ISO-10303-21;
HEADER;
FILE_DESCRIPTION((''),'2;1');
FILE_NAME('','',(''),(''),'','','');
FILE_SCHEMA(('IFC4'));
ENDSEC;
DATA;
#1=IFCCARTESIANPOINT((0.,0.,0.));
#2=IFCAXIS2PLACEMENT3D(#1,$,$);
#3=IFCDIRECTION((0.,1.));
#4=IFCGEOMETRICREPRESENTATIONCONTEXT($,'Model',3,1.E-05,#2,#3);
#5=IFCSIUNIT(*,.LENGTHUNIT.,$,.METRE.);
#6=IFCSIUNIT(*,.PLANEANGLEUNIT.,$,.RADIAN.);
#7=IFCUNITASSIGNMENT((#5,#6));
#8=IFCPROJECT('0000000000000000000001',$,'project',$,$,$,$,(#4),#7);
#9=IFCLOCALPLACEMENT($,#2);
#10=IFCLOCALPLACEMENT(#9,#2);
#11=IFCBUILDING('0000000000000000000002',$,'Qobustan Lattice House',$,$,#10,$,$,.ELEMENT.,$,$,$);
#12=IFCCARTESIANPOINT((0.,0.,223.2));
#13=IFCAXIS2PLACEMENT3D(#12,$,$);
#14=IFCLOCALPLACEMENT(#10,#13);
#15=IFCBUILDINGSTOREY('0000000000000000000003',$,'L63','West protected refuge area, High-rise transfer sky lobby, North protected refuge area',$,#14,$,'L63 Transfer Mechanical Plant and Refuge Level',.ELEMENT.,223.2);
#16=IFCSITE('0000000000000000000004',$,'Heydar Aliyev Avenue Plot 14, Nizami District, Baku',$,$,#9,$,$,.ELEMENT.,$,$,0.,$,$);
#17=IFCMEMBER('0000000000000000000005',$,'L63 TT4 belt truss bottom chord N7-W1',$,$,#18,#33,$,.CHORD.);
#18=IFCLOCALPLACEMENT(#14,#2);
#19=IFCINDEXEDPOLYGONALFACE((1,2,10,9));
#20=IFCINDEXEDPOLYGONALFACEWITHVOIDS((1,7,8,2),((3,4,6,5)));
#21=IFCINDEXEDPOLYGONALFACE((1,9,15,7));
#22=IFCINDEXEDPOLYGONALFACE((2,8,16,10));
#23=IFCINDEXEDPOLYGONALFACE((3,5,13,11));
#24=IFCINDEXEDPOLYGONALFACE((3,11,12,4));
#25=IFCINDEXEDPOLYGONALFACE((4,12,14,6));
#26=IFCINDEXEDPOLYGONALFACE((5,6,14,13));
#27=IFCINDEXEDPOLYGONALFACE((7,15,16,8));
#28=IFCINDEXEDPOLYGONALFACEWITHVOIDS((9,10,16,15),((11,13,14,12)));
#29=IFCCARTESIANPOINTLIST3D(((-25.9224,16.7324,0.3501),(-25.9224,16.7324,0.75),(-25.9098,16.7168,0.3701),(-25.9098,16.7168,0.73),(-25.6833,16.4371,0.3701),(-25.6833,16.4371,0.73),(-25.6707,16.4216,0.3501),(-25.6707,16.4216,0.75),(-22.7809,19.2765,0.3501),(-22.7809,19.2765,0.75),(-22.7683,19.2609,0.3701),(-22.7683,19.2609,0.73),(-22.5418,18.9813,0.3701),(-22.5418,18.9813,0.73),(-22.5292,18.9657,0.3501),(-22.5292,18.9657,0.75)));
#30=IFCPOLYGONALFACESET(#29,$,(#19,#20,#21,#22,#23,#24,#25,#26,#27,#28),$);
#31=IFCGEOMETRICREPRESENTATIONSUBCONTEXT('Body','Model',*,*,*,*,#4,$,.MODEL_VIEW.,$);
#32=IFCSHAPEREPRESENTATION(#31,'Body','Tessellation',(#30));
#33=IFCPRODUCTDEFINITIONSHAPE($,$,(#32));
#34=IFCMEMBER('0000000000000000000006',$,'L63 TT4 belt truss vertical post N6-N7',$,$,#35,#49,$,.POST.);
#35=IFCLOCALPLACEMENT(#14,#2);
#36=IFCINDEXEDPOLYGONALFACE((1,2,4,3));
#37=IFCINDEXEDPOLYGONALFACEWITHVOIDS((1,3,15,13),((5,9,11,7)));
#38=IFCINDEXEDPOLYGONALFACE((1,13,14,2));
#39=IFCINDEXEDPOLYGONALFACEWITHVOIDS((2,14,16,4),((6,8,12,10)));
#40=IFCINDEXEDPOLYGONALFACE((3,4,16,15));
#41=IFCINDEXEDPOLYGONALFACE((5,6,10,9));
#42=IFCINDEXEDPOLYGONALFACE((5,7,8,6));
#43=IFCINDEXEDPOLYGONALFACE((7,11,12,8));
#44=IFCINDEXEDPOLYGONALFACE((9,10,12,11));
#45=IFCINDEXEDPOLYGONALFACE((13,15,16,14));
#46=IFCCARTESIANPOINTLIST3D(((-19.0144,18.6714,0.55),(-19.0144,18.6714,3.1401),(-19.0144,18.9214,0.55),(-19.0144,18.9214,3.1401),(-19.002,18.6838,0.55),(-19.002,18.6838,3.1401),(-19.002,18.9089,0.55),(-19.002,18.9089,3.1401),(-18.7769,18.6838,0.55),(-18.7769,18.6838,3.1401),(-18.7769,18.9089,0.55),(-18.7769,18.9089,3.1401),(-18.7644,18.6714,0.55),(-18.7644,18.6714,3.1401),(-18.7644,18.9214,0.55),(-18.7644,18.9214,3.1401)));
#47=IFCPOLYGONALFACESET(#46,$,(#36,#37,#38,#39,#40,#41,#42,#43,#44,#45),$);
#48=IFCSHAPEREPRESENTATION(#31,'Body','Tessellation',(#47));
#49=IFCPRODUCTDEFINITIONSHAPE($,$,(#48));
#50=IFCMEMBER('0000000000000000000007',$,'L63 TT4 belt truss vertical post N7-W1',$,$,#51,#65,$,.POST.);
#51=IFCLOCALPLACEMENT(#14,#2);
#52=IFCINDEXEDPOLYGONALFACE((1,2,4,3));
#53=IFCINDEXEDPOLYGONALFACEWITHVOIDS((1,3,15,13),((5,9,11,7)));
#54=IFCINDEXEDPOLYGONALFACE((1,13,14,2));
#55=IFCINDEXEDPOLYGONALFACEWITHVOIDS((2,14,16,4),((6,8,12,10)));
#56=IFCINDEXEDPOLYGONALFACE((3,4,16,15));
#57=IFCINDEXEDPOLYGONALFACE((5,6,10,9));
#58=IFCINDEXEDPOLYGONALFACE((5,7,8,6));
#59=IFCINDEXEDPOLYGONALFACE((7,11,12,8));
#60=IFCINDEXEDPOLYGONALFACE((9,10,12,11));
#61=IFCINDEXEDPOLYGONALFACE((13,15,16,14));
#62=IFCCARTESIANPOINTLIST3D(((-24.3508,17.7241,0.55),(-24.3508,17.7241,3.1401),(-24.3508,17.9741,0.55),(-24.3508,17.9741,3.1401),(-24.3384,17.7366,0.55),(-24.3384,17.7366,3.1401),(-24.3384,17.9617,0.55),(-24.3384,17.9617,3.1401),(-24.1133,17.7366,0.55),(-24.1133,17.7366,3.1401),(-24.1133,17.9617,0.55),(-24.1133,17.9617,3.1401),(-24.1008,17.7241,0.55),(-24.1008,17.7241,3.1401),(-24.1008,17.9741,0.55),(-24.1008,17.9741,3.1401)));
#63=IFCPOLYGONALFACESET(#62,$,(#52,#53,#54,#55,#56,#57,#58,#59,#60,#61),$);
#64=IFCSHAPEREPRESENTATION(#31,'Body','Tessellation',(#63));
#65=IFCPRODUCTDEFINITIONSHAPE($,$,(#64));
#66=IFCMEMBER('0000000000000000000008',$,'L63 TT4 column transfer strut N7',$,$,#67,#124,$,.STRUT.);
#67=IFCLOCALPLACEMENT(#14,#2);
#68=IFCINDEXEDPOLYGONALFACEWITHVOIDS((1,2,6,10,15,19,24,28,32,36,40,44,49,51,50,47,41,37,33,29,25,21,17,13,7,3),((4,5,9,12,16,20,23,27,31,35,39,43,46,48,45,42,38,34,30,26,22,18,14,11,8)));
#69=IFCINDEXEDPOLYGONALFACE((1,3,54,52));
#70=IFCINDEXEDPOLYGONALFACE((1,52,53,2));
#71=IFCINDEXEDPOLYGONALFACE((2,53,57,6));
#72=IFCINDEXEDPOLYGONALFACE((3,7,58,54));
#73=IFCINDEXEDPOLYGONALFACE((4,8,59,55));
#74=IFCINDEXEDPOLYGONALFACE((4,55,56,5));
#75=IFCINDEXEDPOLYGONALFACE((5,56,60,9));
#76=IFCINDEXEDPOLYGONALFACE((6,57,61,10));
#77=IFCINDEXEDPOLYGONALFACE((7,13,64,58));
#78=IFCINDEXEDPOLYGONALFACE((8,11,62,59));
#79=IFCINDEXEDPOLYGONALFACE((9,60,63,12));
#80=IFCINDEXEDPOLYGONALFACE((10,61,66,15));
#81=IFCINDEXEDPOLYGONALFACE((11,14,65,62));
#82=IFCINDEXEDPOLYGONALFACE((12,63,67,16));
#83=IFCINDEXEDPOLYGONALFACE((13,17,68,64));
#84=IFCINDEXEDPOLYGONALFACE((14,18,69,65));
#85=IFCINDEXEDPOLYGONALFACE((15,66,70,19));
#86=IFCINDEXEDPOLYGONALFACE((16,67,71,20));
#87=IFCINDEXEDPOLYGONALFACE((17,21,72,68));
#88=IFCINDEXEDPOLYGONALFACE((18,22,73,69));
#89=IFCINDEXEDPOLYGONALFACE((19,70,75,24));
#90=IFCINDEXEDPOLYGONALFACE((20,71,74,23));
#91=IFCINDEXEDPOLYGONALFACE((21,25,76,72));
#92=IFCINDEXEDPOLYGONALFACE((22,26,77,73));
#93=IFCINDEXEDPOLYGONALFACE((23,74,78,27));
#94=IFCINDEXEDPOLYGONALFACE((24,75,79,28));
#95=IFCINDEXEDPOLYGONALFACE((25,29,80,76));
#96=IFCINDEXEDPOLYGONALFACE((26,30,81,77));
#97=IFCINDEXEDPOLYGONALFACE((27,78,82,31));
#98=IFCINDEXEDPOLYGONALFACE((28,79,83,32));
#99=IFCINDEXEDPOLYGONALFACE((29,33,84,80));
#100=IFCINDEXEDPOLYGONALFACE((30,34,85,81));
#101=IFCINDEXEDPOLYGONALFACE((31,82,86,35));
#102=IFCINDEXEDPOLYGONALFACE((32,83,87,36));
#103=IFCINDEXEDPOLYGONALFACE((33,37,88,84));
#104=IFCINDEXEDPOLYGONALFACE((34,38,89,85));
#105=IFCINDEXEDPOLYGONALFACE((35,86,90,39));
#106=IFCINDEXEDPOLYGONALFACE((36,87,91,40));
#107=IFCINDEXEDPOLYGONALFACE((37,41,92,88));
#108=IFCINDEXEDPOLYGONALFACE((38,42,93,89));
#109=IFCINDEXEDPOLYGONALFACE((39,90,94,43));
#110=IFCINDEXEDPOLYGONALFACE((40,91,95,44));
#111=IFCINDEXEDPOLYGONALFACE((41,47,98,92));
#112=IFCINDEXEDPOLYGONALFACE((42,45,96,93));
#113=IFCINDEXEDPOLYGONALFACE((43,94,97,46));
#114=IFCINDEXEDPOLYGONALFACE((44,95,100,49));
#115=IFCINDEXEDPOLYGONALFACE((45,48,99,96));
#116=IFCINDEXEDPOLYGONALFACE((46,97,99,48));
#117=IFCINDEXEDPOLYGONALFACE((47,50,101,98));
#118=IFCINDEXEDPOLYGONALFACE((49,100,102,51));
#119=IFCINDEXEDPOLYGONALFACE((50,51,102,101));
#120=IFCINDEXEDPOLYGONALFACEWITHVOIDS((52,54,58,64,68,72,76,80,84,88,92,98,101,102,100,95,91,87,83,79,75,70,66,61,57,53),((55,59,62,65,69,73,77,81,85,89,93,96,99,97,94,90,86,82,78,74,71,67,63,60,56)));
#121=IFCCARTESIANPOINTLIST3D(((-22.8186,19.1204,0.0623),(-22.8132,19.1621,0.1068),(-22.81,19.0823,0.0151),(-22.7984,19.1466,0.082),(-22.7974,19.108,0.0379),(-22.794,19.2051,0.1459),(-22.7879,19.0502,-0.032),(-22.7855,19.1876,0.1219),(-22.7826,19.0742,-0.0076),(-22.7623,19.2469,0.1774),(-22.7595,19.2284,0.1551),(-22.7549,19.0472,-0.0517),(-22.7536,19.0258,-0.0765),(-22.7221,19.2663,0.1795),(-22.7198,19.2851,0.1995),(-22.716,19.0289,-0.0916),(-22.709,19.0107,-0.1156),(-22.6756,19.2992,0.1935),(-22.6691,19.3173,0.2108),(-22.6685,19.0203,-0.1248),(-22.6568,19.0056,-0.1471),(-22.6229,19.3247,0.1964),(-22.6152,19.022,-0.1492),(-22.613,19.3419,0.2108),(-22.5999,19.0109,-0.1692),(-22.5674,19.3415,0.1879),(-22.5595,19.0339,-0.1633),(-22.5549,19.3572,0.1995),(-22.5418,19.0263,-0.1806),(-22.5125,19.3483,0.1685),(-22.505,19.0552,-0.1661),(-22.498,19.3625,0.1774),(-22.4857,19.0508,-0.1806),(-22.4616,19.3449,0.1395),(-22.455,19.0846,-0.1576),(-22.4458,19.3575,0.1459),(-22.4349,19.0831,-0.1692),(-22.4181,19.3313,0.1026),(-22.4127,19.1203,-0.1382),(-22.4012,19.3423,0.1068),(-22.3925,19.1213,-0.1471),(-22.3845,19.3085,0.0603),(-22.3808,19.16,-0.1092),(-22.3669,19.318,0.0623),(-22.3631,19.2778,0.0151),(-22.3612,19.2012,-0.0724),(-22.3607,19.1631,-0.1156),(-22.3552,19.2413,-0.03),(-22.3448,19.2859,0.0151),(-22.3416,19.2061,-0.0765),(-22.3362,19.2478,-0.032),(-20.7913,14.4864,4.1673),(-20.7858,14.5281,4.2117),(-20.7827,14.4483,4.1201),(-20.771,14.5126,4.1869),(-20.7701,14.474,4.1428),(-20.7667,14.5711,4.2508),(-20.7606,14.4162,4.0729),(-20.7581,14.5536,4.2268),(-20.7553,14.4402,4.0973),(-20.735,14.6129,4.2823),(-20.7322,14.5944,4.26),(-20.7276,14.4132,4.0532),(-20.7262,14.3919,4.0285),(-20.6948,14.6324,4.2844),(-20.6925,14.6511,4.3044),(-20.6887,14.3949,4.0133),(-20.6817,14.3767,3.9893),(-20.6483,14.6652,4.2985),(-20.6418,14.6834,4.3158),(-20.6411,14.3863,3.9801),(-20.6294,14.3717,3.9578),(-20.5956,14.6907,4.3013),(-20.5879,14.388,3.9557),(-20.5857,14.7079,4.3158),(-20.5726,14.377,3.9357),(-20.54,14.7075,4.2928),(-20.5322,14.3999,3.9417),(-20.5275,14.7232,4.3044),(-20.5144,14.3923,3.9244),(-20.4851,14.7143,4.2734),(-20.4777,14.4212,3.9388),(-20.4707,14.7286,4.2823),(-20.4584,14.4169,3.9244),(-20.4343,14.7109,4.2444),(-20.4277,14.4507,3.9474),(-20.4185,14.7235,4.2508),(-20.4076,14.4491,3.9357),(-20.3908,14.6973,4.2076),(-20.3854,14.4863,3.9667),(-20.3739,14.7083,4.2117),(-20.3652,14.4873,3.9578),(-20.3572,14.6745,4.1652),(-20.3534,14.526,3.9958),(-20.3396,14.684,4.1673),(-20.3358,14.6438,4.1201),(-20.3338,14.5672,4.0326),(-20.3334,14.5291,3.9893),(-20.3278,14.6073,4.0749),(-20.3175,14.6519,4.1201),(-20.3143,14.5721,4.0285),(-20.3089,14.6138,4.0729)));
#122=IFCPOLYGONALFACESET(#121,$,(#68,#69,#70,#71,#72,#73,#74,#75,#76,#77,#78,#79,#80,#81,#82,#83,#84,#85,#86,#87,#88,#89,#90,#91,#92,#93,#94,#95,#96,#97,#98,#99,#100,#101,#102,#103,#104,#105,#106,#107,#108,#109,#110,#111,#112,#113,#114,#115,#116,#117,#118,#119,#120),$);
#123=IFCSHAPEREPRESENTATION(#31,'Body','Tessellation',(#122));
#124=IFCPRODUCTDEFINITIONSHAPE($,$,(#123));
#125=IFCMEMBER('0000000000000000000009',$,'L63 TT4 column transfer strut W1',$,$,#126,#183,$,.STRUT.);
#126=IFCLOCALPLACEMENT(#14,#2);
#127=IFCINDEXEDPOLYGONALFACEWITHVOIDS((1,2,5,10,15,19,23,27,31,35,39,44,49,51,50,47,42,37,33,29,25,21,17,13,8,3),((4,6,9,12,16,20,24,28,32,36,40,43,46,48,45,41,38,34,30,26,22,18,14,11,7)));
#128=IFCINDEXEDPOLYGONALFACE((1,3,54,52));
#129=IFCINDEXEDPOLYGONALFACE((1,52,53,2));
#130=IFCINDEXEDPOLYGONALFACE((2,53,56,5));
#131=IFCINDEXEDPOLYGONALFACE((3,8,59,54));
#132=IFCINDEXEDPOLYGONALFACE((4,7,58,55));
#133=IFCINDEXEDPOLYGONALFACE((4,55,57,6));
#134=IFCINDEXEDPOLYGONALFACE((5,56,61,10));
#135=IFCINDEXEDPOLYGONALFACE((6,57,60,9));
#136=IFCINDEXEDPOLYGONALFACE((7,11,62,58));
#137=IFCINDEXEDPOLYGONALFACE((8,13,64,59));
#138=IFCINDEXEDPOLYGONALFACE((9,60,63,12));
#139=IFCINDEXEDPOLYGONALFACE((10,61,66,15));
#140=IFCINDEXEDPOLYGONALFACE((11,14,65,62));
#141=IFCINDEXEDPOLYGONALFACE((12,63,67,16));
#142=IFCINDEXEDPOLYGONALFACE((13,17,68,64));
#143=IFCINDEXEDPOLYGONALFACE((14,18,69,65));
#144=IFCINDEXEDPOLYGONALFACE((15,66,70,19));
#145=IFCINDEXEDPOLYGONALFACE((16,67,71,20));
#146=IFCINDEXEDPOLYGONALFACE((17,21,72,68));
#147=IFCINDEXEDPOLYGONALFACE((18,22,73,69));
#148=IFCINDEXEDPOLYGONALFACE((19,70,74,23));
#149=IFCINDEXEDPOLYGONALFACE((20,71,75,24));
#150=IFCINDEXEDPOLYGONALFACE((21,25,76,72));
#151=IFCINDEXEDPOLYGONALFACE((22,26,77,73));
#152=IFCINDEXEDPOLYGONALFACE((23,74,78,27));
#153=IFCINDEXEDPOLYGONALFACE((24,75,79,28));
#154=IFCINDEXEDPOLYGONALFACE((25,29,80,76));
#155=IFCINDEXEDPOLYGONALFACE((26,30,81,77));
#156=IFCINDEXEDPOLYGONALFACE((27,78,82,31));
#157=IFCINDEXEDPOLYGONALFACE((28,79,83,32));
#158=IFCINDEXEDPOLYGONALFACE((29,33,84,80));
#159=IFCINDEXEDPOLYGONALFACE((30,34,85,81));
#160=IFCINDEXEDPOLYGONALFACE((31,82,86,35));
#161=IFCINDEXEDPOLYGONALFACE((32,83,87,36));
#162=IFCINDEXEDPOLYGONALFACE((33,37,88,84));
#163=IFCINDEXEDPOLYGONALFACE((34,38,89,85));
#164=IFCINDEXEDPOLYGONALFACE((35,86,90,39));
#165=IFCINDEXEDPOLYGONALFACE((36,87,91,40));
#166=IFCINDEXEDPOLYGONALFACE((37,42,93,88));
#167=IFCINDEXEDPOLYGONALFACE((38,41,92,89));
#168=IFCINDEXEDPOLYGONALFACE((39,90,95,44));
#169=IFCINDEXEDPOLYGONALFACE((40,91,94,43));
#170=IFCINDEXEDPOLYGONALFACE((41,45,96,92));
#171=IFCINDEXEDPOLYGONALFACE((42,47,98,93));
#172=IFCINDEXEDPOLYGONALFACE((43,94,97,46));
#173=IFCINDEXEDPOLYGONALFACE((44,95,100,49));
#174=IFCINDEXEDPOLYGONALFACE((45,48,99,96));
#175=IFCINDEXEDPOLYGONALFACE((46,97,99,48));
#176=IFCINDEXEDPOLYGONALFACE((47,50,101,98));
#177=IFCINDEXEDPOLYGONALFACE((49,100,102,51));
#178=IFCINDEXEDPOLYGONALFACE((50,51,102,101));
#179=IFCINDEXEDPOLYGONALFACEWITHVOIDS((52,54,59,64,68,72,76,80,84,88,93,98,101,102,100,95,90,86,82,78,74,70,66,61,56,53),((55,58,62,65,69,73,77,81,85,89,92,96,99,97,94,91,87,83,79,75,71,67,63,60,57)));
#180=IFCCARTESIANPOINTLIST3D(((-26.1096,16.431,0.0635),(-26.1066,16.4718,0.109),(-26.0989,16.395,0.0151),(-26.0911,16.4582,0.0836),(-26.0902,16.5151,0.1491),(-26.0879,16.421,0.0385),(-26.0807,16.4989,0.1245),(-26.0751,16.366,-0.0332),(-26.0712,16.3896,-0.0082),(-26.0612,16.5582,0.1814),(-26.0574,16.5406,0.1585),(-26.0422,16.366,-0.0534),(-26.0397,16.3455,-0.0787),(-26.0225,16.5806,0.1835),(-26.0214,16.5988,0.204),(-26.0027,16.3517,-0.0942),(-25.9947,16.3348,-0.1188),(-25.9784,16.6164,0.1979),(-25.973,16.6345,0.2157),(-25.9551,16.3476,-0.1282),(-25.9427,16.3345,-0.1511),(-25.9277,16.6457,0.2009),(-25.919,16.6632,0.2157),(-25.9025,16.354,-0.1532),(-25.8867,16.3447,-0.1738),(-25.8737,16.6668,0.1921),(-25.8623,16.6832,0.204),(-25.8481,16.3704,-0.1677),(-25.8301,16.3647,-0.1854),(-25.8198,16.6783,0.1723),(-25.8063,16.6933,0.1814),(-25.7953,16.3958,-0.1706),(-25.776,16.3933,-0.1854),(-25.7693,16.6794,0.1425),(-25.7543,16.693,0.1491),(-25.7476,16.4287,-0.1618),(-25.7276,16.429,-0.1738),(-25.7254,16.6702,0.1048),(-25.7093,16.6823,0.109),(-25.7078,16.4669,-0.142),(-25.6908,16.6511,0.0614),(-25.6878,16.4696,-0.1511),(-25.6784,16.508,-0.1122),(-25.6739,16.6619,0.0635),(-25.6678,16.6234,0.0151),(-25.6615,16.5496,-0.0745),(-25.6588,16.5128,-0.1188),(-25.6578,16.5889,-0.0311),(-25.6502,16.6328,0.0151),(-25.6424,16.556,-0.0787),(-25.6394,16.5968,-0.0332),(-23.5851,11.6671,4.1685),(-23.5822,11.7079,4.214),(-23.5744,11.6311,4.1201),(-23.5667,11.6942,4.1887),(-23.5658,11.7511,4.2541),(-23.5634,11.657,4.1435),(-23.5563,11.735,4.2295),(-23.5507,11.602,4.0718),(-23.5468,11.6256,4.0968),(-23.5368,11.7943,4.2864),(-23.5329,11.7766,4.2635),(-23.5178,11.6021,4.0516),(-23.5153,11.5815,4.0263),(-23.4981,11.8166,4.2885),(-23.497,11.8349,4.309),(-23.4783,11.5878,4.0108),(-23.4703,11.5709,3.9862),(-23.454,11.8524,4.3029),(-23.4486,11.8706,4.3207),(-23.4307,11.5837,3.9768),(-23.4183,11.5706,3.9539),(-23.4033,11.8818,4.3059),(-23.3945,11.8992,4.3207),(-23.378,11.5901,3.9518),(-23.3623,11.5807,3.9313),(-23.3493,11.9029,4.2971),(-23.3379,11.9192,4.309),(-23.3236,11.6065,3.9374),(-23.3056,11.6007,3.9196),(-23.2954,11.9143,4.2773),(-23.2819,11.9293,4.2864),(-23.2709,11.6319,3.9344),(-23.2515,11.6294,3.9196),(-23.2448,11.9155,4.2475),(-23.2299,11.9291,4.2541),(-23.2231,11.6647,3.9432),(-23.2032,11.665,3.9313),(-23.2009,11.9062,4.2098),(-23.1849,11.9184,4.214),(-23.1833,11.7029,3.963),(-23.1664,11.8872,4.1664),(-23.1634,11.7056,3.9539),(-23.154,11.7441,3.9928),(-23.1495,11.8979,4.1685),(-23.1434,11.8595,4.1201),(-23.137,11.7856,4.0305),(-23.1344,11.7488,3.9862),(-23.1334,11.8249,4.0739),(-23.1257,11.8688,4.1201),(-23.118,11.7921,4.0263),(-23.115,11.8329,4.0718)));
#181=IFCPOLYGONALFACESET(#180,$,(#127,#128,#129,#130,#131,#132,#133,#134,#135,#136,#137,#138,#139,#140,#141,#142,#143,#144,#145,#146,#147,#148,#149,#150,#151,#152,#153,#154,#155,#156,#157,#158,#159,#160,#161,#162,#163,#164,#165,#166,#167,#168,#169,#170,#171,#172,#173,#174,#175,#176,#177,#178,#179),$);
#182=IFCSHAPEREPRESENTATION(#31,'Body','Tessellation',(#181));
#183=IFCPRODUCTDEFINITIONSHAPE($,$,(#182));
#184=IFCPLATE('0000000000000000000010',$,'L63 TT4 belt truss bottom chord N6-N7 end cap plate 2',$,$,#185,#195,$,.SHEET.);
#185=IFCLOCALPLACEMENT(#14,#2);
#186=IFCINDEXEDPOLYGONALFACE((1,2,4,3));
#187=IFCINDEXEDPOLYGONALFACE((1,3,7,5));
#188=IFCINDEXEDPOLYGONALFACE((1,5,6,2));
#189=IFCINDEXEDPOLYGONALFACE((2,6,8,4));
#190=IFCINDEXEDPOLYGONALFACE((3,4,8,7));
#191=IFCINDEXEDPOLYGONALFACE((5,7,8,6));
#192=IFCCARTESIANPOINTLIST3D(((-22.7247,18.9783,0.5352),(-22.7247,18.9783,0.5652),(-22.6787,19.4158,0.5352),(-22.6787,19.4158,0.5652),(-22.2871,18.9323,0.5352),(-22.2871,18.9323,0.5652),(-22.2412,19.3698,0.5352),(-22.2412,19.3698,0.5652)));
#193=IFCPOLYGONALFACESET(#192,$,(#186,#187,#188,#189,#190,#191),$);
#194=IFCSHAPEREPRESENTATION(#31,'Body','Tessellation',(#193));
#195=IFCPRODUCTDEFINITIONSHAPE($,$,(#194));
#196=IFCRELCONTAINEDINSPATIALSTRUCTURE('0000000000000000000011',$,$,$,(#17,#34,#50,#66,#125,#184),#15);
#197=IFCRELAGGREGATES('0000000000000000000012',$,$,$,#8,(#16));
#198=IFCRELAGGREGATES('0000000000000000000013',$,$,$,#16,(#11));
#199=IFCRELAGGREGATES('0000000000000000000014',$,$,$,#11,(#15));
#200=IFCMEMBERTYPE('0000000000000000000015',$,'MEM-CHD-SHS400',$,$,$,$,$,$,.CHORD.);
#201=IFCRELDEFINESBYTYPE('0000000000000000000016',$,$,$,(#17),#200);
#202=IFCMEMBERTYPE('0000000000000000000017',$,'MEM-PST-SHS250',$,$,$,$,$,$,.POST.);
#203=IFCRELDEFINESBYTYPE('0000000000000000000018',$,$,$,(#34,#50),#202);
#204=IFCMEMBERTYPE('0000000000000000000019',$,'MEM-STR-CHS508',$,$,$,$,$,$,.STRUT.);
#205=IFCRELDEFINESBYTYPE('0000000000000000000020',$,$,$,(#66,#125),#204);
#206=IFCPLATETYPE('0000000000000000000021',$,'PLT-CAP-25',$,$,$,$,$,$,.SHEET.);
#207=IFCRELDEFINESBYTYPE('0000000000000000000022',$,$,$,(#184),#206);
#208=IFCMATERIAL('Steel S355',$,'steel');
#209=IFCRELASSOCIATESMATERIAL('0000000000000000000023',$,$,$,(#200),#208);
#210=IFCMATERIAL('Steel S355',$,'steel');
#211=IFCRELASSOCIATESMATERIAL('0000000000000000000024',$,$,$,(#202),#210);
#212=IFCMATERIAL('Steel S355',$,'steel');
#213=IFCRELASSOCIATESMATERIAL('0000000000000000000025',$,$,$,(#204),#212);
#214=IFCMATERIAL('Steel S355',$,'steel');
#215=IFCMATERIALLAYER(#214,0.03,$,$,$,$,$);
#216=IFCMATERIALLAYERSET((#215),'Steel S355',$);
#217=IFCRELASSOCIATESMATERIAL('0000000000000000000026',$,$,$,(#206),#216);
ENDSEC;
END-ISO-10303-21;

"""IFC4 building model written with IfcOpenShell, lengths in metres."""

from ifc_helpers import new_model, si_unit, direction, frame, origin, origin_2d, place, context, subcontext, project, spatial, rectangle, hollow_rectangle, hollow_circle, extrude, material, layer, layer_set, material_profile, profile_set, type_object, element, save


model = new_model("IFC4")

# Units and contexts
model_context = context("Model", 3, precision=1e-05, world=origin(), true_north=direction((0.0, 1.0)))
body_context = subcontext(model_context, "Body", "Model", "MODEL_VIEW")
ifc_project = project(units=[si_unit("LENGTHUNIT", "METRE"), si_unit("PLANEANGLEUNIT", "RADIAN")], contexts=[model_context])

# Site, building, storey
site_placement = place(None, origin())
site = spatial("IfcSite", under=ifc_project, at=site_placement, Name="Heydar Aliyev Avenue Plot 14, Nizami District, Baku", CompositionType="ELEMENT", RefElevation=0.0)
building_placement = place(site_placement, origin())
building = spatial("IfcBuilding", under=site, at=building_placement, Name="Qobustan Lattice House", CompositionType="ELEMENT")
storey_placement = place(building_placement, frame((0.0, 0.0, 223.2)))
storey = spatial("IfcBuildingStorey", under=building, at=storey_placement, Name="L63", Description="West protected refuge area, High-rise transfer sky lobby, North protected refuge area", LongName="L63 Transfer Mechanical Plant and Refuge Level", CompositionType="ELEMENT", Elevation=223.2)

# Members
ifc_material_1 = material(Name="Steel S355", Category="steel")
ifc_material_profile_1 = material_profile(ifc_material_1, hollow_rectangle(XDim=0.3999, YDim=0.3999, WallThickness=0.02, at=origin_2d()), Name="SHS400x400x20")
ifc_profile_set_1 = profile_set([ifc_material_profile_1], Name="Steel S355")
member_type_1 = type_object("IfcMemberType", Name="MEM-CHD-SHS400", PredefinedType="CHORD", material=ifc_profile_set_1)
member_1_placement = place(storey_placement, frame((-22.655, 19.1211, 0.55), z_axis=(-0.777125, -0.629346, 0.0), x_axis=(0.629346, -0.777125, 0.0)))
element("IfcMember", 1, at=member_1_placement, inside=storey, type_object=member_type_1, Name="L63 TT4 belt truss bottom chord N7-W1", PredefinedType="CHORD", context=body_context, shape_type="SweptSolid", body=[
    extrude(hollow_rectangle(XDim=0.3999, YDim=0.3999, WallThickness=0.02, at=origin_2d()), origin(), (0.0, 0.0, 1.0), 4.0425),
])
ifc_material_2 = material(Name="Steel S355", Category="steel")
ifc_material_profile_2 = material_profile(ifc_material_2, hollow_rectangle(XDim=0.25, YDim=0.25, WallThickness=0.0125, at=origin_2d()), Name="SHS250x250x12.5")
ifc_profile_set_2 = profile_set([ifc_material_profile_2], Name="Steel S355")
member_type_2 = type_object("IfcMemberType", Name="MEM-PST-SHS250", PredefinedType="POST", material=ifc_profile_set_2)
for number, where, z_axis, x_axis, name in (
    (2, (-18.8894, 18.7964, 0.55), (0.0, 0.0, 1.0), (1.0, 0.0, 0.0), "L63 TT4 belt truss vertical post N6-N7"),
    (3, (-24.2258, 17.8491, 0.55), (0.0, 0.0, 1.0), (1.0, 0.0, 0.0), "L63 TT4 belt truss vertical post N7-W1"),
):
    element("IfcMember", number, at=place(storey_placement, frame(where, z_axis=z_axis, x_axis=x_axis)), inside=storey, type_object=member_type_2, Name=name, PredefinedType="POST", context=body_context, shape_type="SweptSolid", body=[
        extrude(hollow_rectangle(XDim=0.25, YDim=0.25, WallThickness=0.0125, at=origin_2d()), origin(), (0.0, 0.0, 1.0), 2.5901),
    ])
ifc_material_3 = material(Name="Steel S355", Category="steel")
ifc_material_profile_3 = material_profile(ifc_material_3, hollow_circle(Radius=0.2539, WallThickness=0.02, at=origin_2d()), Name="CHS508x20")
ifc_profile_set_3 = profile_set([ifc_material_profile_3], Name="Steel S355")
member_type_3 = type_object("IfcMemberType", Name="MEM-STR-CHS508", PredefinedType="STRUT", material=ifc_profile_set_3)
member_2_placement = place(storey_placement, frame((-22.5774, 19.1841, 0.0151), z_axis=(0.311217, -0.71137, 0.630155), x_axis=(0.916161, 0.400811, 0.0)))
element("IfcMember", 4, at=member_2_placement, inside=storey, type_object=member_type_3, Name="L63 TT4 column transfer strut N7", PredefinedType="STRUT", context=body_context, shape_type="SweptSolid", body=[
    extrude(hollow_circle(Radius=0.2539, WallThickness=0.02, at=origin_2d()), origin(), (0.0, 0.0, 1.0), 6.5142),
])
member_3_placement = place(storey_placement, frame((-25.8745, 16.5139, 0.0151), z_axis=(0.372535, -0.703025, 0.605784), x_axis=(0.883608, 0.468227, 0.0)))
element("IfcMember", 5, at=member_3_placement, inside=storey, type_object=member_type_3, Name="L63 TT4 column transfer strut W1", PredefinedType="STRUT", context=body_context, shape_type="SweptSolid", body=[
    extrude(hollow_circle(Radius=0.2539, WallThickness=0.02, at=origin_2d()), origin(), (0.0, 0.0, 1.0), 6.7764),
])

# Plate
ifc_material_4 = material(Name="Steel S355", Category="steel")
ifc_layer_1 = layer(ifc_material_4, 0.03)
ifc_layer_set_1 = layer_set([ifc_layer_1], Name="Steel S355")
plate_type = type_object("IfcPlateType", Name="PLT-CAP-25", PredefinedType="SHEET", material=ifc_layer_set_1)
plate_1_placement = place(storey_placement, frame((-22.4829, 19.1741, 0.5352), z_axis=(0.0, 0.0, 1.0), x_axis=(-0.994522, 0.104528, 0.0)))
element("IfcPlate", 6, at=plate_1_placement, inside=storey, type_object=plate_type, Name="L63 TT4 belt truss bottom chord N6-N7 end cap plate 2", PredefinedType="SHEET", context=body_context, shape_type="SweptSolid", body=[
    extrude(rectangle(XDim=0.4399, YDim=0.4399, at=origin_2d()), origin(), (0.0, 0.0, 1.0), 0.03),
])

save(model, "model.ifc")
